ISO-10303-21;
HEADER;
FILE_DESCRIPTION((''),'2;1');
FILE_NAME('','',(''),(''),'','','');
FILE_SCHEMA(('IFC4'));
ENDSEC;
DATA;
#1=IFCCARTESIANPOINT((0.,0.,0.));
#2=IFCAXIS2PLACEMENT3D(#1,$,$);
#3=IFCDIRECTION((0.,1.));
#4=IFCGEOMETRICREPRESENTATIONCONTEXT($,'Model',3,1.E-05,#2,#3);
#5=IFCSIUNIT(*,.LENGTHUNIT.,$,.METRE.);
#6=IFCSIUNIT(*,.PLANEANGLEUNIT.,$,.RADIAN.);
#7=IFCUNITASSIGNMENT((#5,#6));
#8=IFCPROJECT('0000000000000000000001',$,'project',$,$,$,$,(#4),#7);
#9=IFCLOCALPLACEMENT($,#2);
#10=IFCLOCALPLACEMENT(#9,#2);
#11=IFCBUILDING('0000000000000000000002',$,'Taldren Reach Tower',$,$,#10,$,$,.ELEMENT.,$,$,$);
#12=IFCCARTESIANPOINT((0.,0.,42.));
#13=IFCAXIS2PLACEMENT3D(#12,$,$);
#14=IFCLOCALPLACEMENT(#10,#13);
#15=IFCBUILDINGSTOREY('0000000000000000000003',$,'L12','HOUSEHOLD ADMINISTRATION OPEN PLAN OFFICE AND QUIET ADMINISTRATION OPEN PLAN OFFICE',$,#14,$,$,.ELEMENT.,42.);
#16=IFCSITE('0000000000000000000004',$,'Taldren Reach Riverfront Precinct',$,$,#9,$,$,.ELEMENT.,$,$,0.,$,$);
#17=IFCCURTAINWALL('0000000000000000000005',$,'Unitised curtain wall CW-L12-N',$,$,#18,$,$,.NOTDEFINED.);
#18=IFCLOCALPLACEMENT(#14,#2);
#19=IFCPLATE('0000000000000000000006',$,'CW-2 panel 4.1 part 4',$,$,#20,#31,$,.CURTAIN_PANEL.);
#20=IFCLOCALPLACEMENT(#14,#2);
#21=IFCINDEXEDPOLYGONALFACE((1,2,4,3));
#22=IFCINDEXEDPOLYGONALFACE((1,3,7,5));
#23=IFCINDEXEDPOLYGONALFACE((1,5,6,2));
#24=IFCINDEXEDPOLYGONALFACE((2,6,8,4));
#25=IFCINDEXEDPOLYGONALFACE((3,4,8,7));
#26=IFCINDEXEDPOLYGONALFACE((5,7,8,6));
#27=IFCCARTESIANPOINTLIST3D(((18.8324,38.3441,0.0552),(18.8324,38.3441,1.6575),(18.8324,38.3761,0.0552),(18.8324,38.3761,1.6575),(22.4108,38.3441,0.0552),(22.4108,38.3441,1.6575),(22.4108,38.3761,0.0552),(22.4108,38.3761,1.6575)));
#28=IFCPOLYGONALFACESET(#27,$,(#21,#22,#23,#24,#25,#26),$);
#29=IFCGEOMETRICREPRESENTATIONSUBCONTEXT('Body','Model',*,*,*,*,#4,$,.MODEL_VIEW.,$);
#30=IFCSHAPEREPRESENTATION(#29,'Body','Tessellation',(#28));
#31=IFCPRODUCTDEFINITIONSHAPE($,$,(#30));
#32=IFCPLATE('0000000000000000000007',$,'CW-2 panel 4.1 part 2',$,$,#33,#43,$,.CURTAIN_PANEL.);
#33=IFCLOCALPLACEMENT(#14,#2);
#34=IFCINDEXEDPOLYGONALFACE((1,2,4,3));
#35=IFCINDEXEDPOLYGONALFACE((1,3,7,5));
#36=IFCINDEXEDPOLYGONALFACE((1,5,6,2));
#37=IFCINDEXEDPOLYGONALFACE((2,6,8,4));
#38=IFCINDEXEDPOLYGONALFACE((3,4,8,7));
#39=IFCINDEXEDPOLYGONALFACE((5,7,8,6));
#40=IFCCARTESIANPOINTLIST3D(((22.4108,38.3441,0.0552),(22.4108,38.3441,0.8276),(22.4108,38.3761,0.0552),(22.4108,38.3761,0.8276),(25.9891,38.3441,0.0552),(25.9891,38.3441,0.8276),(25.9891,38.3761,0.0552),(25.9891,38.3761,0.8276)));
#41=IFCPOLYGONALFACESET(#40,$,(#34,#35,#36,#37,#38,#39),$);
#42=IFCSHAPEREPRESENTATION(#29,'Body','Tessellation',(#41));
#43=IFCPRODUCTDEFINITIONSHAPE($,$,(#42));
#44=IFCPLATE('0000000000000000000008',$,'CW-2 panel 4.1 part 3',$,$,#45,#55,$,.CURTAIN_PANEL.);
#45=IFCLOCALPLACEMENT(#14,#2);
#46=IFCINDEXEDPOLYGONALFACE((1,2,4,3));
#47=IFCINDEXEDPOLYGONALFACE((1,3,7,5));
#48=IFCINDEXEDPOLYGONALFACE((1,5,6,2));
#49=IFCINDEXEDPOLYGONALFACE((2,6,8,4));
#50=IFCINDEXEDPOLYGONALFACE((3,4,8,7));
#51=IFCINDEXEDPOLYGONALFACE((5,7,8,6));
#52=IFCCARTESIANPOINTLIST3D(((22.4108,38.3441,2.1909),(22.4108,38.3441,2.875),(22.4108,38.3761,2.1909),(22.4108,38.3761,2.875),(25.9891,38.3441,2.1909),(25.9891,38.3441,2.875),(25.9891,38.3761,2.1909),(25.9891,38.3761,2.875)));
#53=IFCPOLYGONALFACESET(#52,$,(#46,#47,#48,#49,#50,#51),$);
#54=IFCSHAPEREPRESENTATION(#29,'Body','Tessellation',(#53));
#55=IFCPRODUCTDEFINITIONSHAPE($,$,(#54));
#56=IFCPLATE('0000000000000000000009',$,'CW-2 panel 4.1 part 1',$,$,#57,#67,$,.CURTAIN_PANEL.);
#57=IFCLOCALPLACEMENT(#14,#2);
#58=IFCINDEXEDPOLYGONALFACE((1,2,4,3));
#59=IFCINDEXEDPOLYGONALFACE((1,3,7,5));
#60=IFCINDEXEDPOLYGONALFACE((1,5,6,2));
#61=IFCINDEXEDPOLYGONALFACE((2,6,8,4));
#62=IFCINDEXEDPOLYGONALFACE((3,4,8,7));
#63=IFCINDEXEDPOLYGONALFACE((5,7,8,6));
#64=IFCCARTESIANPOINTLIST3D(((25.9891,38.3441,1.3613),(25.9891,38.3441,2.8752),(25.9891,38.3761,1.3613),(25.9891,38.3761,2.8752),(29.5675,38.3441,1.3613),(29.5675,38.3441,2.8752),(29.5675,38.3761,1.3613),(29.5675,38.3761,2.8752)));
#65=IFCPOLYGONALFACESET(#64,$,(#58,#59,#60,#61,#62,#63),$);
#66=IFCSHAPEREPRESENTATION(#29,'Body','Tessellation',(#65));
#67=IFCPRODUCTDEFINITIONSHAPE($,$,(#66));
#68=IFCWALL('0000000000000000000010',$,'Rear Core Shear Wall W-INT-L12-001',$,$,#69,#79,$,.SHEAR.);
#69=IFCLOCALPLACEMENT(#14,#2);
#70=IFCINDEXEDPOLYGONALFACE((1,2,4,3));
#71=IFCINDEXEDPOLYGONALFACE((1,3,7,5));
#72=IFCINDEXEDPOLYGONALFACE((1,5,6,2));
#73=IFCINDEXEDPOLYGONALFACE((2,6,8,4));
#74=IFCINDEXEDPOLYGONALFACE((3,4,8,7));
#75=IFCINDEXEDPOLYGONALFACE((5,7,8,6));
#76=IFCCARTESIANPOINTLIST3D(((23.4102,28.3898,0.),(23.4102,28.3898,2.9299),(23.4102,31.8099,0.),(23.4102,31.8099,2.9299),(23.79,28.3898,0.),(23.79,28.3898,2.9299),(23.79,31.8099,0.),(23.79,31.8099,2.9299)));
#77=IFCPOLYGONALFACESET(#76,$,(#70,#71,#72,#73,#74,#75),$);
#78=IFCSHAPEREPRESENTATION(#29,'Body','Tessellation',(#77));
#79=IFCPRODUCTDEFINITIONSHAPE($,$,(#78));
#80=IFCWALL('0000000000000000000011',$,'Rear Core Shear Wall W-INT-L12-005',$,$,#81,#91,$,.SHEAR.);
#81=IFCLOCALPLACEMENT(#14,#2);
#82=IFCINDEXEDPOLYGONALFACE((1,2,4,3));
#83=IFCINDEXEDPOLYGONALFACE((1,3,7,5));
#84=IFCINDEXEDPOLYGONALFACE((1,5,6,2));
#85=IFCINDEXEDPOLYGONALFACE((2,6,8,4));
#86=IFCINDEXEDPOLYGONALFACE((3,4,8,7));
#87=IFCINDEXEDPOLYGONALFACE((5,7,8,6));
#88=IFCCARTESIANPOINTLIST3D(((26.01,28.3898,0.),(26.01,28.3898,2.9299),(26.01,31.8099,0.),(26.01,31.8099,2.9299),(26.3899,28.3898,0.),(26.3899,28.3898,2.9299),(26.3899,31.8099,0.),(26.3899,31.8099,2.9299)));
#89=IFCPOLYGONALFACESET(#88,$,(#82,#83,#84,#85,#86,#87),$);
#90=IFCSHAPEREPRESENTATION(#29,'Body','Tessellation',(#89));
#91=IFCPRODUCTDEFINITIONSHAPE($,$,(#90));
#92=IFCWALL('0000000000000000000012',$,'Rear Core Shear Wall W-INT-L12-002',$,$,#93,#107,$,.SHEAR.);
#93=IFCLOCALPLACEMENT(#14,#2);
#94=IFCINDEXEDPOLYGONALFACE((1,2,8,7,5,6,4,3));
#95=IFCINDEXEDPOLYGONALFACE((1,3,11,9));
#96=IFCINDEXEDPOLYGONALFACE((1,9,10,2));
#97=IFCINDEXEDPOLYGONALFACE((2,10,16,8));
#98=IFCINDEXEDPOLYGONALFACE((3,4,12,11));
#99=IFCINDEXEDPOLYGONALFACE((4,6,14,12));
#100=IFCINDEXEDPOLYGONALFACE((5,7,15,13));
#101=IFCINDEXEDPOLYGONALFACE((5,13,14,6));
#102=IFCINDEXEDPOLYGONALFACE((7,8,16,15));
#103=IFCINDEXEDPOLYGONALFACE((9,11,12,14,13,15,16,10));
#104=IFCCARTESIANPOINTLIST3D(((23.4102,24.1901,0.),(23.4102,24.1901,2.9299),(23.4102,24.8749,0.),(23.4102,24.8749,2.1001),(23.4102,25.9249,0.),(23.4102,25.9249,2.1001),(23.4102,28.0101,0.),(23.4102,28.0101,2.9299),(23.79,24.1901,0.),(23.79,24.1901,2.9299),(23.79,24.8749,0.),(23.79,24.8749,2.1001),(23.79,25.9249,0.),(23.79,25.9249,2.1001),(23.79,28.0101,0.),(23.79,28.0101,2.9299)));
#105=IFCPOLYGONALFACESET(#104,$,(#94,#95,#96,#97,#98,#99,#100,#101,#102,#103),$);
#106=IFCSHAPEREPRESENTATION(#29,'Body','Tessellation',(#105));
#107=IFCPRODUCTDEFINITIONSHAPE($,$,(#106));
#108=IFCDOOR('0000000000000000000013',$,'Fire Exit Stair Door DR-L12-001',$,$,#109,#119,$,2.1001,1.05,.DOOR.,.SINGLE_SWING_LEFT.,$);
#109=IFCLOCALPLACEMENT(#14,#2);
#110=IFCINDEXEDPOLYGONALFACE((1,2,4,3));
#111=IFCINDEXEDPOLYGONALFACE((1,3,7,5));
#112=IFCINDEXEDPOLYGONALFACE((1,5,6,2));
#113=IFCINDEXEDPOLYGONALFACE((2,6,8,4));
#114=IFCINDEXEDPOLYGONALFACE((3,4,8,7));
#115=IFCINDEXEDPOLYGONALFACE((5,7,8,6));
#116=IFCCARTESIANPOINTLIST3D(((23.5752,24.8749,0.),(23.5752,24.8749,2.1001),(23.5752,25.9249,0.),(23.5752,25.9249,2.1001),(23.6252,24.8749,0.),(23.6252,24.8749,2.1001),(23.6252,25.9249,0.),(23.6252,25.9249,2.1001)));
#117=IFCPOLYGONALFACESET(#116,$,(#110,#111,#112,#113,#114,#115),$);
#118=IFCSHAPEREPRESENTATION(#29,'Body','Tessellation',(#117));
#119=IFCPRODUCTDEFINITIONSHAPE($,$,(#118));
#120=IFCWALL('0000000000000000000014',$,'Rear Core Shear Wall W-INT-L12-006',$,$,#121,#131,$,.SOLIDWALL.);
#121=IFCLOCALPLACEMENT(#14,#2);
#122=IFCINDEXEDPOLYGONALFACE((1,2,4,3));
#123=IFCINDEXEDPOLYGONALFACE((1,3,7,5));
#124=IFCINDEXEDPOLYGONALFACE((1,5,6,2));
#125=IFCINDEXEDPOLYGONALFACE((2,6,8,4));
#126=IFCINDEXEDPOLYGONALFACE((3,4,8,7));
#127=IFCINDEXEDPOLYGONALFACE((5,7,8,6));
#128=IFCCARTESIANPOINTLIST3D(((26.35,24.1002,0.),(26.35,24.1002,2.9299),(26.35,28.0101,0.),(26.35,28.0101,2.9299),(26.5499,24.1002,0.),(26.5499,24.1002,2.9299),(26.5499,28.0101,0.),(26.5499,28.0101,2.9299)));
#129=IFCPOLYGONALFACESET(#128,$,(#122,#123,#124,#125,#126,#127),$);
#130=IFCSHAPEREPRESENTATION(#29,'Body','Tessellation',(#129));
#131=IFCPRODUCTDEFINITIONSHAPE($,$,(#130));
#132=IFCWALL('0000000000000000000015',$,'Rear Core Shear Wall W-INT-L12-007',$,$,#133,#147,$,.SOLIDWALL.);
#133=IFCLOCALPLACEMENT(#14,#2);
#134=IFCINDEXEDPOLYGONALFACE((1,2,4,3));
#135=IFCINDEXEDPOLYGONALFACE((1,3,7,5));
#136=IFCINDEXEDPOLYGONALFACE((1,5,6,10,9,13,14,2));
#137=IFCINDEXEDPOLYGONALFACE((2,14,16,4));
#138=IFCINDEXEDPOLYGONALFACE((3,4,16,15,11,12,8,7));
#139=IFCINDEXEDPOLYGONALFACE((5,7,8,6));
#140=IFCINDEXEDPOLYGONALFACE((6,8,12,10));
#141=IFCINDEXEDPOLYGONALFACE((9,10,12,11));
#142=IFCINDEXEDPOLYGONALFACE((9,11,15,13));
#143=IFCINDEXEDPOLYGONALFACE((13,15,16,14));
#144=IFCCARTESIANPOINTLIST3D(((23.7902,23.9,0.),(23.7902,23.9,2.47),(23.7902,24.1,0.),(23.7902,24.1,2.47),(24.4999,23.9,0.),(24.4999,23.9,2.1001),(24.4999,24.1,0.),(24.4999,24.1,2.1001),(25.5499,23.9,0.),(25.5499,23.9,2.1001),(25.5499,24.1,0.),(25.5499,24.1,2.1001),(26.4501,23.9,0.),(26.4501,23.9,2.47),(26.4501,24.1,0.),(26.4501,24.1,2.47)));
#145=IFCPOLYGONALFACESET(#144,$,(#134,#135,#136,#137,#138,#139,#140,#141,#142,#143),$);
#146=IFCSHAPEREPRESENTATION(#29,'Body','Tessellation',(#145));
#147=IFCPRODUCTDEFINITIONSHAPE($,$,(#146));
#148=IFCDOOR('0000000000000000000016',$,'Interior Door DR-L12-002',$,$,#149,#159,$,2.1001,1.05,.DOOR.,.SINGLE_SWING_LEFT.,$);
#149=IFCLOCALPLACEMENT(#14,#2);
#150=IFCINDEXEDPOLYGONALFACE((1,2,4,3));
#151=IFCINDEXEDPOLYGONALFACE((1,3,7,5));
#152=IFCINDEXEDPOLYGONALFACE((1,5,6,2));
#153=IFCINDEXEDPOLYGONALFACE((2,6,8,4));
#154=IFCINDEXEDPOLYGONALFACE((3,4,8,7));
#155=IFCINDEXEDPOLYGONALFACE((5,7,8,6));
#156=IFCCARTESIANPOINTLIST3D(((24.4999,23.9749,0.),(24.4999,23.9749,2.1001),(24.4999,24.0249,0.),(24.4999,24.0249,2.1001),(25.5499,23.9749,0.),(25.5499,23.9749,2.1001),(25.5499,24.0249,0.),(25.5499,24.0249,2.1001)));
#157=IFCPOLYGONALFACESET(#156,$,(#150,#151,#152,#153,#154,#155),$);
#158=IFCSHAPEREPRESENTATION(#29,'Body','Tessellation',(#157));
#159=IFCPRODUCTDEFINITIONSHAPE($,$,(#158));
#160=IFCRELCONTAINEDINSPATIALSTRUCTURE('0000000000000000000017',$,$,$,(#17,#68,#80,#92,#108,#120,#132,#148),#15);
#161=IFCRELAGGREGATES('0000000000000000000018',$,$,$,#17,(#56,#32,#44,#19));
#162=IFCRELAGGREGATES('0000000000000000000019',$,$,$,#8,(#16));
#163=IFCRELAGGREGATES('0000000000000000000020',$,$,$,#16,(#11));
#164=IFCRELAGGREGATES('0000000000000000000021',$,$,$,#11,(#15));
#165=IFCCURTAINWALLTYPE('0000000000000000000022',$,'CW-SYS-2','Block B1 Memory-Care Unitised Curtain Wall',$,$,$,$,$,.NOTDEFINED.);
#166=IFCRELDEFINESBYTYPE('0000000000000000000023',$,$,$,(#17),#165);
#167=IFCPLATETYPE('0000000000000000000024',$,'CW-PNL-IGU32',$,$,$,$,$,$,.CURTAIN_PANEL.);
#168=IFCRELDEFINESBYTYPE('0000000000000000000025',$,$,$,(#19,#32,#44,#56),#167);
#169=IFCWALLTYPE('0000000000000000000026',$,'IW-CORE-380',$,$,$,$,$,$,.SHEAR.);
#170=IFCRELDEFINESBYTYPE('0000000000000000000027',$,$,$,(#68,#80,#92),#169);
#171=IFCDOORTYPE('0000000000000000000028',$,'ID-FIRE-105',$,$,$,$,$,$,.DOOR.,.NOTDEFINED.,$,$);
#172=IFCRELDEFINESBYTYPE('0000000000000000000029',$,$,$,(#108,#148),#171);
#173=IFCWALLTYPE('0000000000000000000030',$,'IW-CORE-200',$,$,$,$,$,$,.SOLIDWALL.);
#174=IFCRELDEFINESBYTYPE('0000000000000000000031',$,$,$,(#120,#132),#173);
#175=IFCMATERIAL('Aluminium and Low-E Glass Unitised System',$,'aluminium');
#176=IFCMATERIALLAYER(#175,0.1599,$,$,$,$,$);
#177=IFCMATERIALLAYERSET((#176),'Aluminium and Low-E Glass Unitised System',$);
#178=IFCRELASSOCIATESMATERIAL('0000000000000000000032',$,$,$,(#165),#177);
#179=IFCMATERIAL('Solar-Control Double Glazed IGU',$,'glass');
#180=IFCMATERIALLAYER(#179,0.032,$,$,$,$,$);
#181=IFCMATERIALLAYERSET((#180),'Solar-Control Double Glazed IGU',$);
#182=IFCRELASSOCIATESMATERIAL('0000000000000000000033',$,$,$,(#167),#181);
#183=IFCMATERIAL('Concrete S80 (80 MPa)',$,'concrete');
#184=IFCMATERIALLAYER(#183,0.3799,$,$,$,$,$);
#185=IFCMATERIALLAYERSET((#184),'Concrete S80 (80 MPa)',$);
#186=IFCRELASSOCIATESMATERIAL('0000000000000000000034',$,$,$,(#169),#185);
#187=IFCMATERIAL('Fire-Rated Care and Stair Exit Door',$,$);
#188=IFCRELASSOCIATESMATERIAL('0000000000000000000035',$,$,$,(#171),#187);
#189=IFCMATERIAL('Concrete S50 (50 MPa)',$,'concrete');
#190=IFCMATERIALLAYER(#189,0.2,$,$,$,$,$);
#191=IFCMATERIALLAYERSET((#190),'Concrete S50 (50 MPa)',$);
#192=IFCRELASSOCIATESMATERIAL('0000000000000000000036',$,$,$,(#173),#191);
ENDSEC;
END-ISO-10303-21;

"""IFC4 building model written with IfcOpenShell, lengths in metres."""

from ifc_helpers import new_model, si_unit, direction, frame, frame_2d, origin, origin_2d, place, context, subcontext, project, spatial, rectangle, extrude, source, transform, mapped, material, layer, layer_set, type_object, element, fill, aggregate, save


model = new_model("IFC4")

# Units and contexts
model_context = context("Model", 3, precision=1e-05, world=origin(), true_north=direction((0.0, 1.0)))
body_context = subcontext(model_context, "Body", "Model", "MODEL_VIEW")
ifc_project = project(units=[si_unit("LENGTHUNIT", "METRE"), si_unit("PLANEANGLEUNIT", "RADIAN")], contexts=[model_context])

# Site, building, storey
site_placement = place(None, origin())
site = spatial("IfcSite", under=ifc_project, at=site_placement, Name="Taldren Reach Riverfront Precinct", CompositionType="ELEMENT", RefElevation=0.0)
building_placement = place(site_placement, origin())
building = spatial("IfcBuilding", under=site, at=building_placement, Name="Taldren Reach Tower", CompositionType="ELEMENT")
storey_placement = place(building_placement, frame((0.0, 0.0, 42.0)))
storey = spatial("IfcBuildingStorey", under=building, at=storey_placement, Name="L12", Description="HOUSEHOLD ADMINISTRATION OPEN PLAN OFFICE AND QUIET ADMINISTRATION OPEN PLAN OFFICE", CompositionType="ELEMENT", Elevation=42.0)

# Curtain wall, plates
ifc_material_1 = material(Name="Aluminium and Low-E Glass Unitised System", Category="aluminium")
ifc_layer_1 = layer(ifc_material_1, 0.1599)
ifc_layer_set_1 = layer_set([ifc_layer_1], Name="Aluminium and Low-E Glass Unitised System")
curtain_wall_type = type_object("IfcCurtainWallType", Name="CW-SYS-2", Description="Block B1 Memory-Care Unitised Curtain Wall", PredefinedType="NOTDEFINED", material=ifc_layer_set_1)
curtain_wall_placement = place(storey_placement, origin())
curtain_wall = element("IfcCurtainWall", 1, at=curtain_wall_placement, inside=storey, type_object=curtain_wall_type, Name="Unitised curtain wall CW-L12-N", PredefinedType="NOTDEFINED")
ifc_material_2 = material(Name="Solar-Control Double Glazed IGU", Category="glass")
ifc_layer_2 = layer(ifc_material_2, 0.032)
ifc_layer_set_2 = layer_set([ifc_layer_2], Name="Solar-Control Double Glazed IGU")
plate_type_1 = type_object("IfcPlateType", Name="CW-PNL-IGU32", PredefinedType="CURTAIN_PANEL", material=ifc_layer_set_2)
shared_shape_1 = source(origin(), body_context, "Body", "SweptSolid", [
    extrude(rectangle(XDim=3.5784, YDim=0.032, at=origin_2d()), origin(), (0.0, 0.0, 1.0), 1.6023),
])
plate_1_placement = place(storey_placement, frame((20.6216, 38.3601, 0.0552), z_axis=(0.0, 0.0, 1.0), x_axis=(-1.0, 0.0, 0.0)))
plate_1 = element("IfcPlate", 2, at=plate_1_placement, type_object=plate_type_1, Name="CW-2 panel 4.1 part 4", PredefinedType="CURTAIN_PANEL", context=body_context, shape_type="MappedRepresentation", body=[
    mapped(shared_shape_1, transform((0.0, 0.0, 0.0), scale=1.0)),
])
shared_shape_2 = source(origin(), body_context, "Body", "SweptSolid", [
    extrude(rectangle(XDim=3.5784, YDim=0.032, at=origin_2d()), origin(), (0.0, 0.0, 1.0), 0.7725),
])
plate_2_placement = place(storey_placement, frame((24.2, 38.3601, 0.0552), z_axis=(0.0, 0.0, 1.0), x_axis=(-1.0, 0.0, 0.0)))
plate_2 = element("IfcPlate", 3, at=plate_2_placement, type_object=plate_type_1, Name="CW-2 panel 4.1 part 2", PredefinedType="CURTAIN_PANEL", context=body_context, shape_type="MappedRepresentation", body=[
    mapped(shared_shape_2, transform((0.0, 0.0, 0.0), scale=1.0)),
])
shared_shape_3 = source(origin(), body_context, "Body", "SweptSolid", [
    extrude(rectangle(XDim=3.5784, YDim=0.032, at=origin_2d()), origin(), (0.0, 0.0, 1.0), 0.6841),
])
plate_3_placement = place(storey_placement, frame((24.2, 38.3601, 2.1909), z_axis=(0.0, 0.0, 1.0), x_axis=(-1.0, 0.0, 0.0)))
plate_3 = element("IfcPlate", 4, at=plate_3_placement, type_object=plate_type_1, Name="CW-2 panel 4.1 part 3", PredefinedType="CURTAIN_PANEL", context=body_context, shape_type="MappedRepresentation", body=[
    mapped(shared_shape_3, transform((0.0, 0.0, 0.0), scale=1.0)),
])
shared_shape_4 = source(origin(), body_context, "Body", "SweptSolid", [
    extrude(rectangle(XDim=3.5784, YDim=0.032, at=origin_2d()), origin(), (0.0, 0.0, 1.0), 1.5139),
])
plate_4_placement = place(storey_placement, frame((27.7783, 38.3601, 1.3613), z_axis=(0.0, 0.0, 1.0), x_axis=(-1.0, 0.0, 0.0)))
plate_4 = element("IfcPlate", 5, at=plate_4_placement, type_object=plate_type_1, Name="CW-2 panel 4.1 part 1", PredefinedType="CURTAIN_PANEL", context=body_context, shape_type="MappedRepresentation", body=[
    mapped(shared_shape_4, transform((0.0, 0.0, 0.0), scale=1.0)),
])
aggregate(curtain_wall, [plate_4, plate_2, plate_3, plate_1])

# Walls
ifc_material_3 = material(Name="Concrete S80 (80 MPa)", Category="concrete")
ifc_layer_3 = layer(ifc_material_3, 0.3799)
ifc_layer_set_3 = layer_set([ifc_layer_3], Name="Concrete S80 (80 MPa)")
wall_type_1 = type_object("IfcWallType", Name="IW-CORE-380", PredefinedType="SHEAR", material=ifc_layer_set_3)
shared_shape_5 = source(origin(), body_context, "Body", "SweptSolid", [
    extrude(rectangle(XDim=3.4202, YDim=0.3799, at=frame_2d((1.71, 0.0))), origin(), (0.0, 0.0, 1.0), 2.9299),
])
for number, where, z_axis, x_axis, name in (
    (6, (23.6001, 28.3899, 0.0), (0.0, 0.0, 1.0), (0.0, 1.0, 0.0), "Rear Core Shear Wall W-INT-L12-001"),
    (7, (26.2, 28.3899, 0.0), (0.0, 0.0, 1.0), (0.0, 1.0, 0.0), "Rear Core Shear Wall W-INT-L12-005"),
):
    element("IfcWall", number, at=place(storey_placement, frame(where, z_axis=z_axis, x_axis=x_axis)), inside=storey, type_object=wall_type_1, Name=name, PredefinedType="SHEAR", context=body_context, shape_type="MappedRepresentation", body=[
        mapped(shared_shape_5, transform((0.0, 0.0, 0.0), scale=1.0)),
    ])

# Wall, opening, door
shared_shape_6 = source(origin(), body_context, "Body", "SweptSolid", [
    extrude(rectangle(XDim=3.8201, YDim=0.3799, at=frame_2d((1.9102, 0.0))), origin(), (0.0, 0.0, 1.0), 2.9299),
])
wall_1_placement = place(storey_placement, frame((23.6001, 24.1899, 0.0), z_axis=(0.0, 0.0, 1.0), x_axis=(0.0, 1.0, 0.0)))
wall_1 = element("IfcWall", 8, at=wall_1_placement, inside=storey, type_object=wall_type_1, Name="Rear Core Shear Wall W-INT-L12-002", PredefinedType="SHEAR", context=body_context, shape_type="MappedRepresentation", body=[
    mapped(shared_shape_6, transform((0.0, 0.0, 0.0), scale=1.0)),
])
shared_shape_7 = source(origin(), body_context, "Body", "SweptSolid", [
    extrude(rectangle(XDim=1.05, YDim=2.1001, at=frame_2d((0.5249, 1.05))), frame((0.0, 0.2, 0.0), z_axis=(0.0, -1.0, 0.0), x_axis=(1.0, 0.0, 0.0)), (0.0, 0.0, 1.0), 0.3999),
])
opening_1_placement = place(wall_1_placement, frame((0.6851, 0.0, 0.0)))
opening_1 = element("IfcOpeningElement", 9, at=opening_1_placement, cuts=wall_1, PredefinedType="OPENING", context=body_context, shape_type="MappedRepresentation", body=[
    mapped(shared_shape_7, transform((0.0, 0.0, 0.0), scale=1.0)),
])
ifc_material_4 = material(Name="Fire-Rated Care and Stair Exit Door")
door_type_1 = type_object("IfcDoorType", Name="ID-FIRE-105", OperationType="NOTDEFINED", PredefinedType="DOOR", material=ifc_material_4)
shared_shape_8 = source(origin(), body_context, "Body", "SweptSolid", [
    extrude(rectangle(XDim=1.05, YDim=2.1001, at=frame_2d((0.5249, 1.05))), frame((0.0, 0.0249, 0.0), z_axis=(0.0, -1.0, 0.0), x_axis=(1.0, 0.0, 0.0)), (0.0, 0.0, 1.0), 0.05),
])
door_1_placement = place(opening_1_placement, origin())
door_1 = element("IfcDoor", 10, at=door_1_placement, inside=storey, type_object=door_type_1, Name="Fire Exit Stair Door DR-L12-001", OperationType="SINGLE_SWING_LEFT", OverallHeight=2.1001, OverallWidth=1.05, PredefinedType="DOOR", context=body_context, shape_type="MappedRepresentation", body=[
    mapped(shared_shape_8, transform((0.0, 0.0, 0.0), scale=1.0)),
])
fill(opening_1, door_1)

# Wall
ifc_material_5 = material(Name="Concrete S50 (50 MPa)", Category="concrete")
ifc_layer_4 = layer(ifc_material_5, 0.2)
ifc_layer_set_4 = layer_set([ifc_layer_4], Name="Concrete S50 (50 MPa)")
wall_type_2 = type_object("IfcWallType", Name="IW-CORE-200", PredefinedType="SOLIDWALL", material=ifc_layer_set_4)
shared_shape_9 = source(origin(), body_context, "Body", "SweptSolid", [
    extrude(rectangle(XDim=3.9099, YDim=0.2, at=frame_2d((1.9551, 0.0))), origin(), (0.0, 0.0, 1.0), 2.9299),
])
wall_2_placement = place(storey_placement, frame((26.45, 24.1001, 0.0), z_axis=(0.0, 0.0, 1.0), x_axis=(0.0, 1.0, 0.0)))
element("IfcWall", 11, at=wall_2_placement, inside=storey, type_object=wall_type_2, Name="Rear Core Shear Wall W-INT-L12-006", PredefinedType="SOLIDWALL", context=body_context, shape_type="MappedRepresentation", body=[
    mapped(shared_shape_9, transform((0.0, 0.0, 0.0), scale=1.0)),
])

# Wall, opening, door
shared_shape_10 = source(origin(), body_context, "Body", "SweptSolid", [
    extrude(rectangle(XDim=2.6599, YDim=0.2, at=frame_2d((1.3301, 0.0))), origin(), (0.0, 0.0, 1.0), 2.47),
])
wall_3_placement = place(storey_placement, frame((23.79, 24.0, 0.0), z_axis=(0.0, 0.0, 1.0), x_axis=(1.0, 0.0, 0.0)))
wall_3 = element("IfcWall", 12, at=wall_3_placement, inside=storey, type_object=wall_type_2, Name="Rear Core Shear Wall W-INT-L12-007", PredefinedType="SOLIDWALL", context=body_context, shape_type="MappedRepresentation", body=[
    mapped(shared_shape_10, transform((0.0, 0.0, 0.0), scale=1.0)),
])
shared_shape_11 = source(origin(), body_context, "Body", "SweptSolid", [
    extrude(rectangle(XDim=1.05, YDim=2.1001, at=frame_2d((0.5249, 1.05))), frame((0.0, 0.1099, 0.0), z_axis=(0.0, -1.0, 0.0), x_axis=(1.0, 0.0, 0.0)), (0.0, 0.0, 1.0), 0.22),
])
opening_2_placement = place(wall_3_placement, frame((0.71, 0.0, 0.0)))
opening_2 = element("IfcOpeningElement", 13, at=opening_2_placement, cuts=wall_3, PredefinedType="OPENING", context=body_context, shape_type="MappedRepresentation", body=[
    mapped(shared_shape_11, transform((0.0, 0.0, 0.0), scale=1.0)),
])
door_2_placement = place(opening_2_placement, origin())
door_2 = element("IfcDoor", 14, at=door_2_placement, inside=storey, type_object=door_type_1, Name="Interior Door DR-L12-002", OperationType="SINGLE_SWING_LEFT", OverallHeight=2.1001, OverallWidth=1.05, PredefinedType="DOOR", context=body_context, shape_type="MappedRepresentation", body=[
    mapped(shared_shape_8, transform((0.0, 0.0, 0.0), scale=1.0)),
])
fill(opening_2, door_2)

save(model, "model.ifc")
